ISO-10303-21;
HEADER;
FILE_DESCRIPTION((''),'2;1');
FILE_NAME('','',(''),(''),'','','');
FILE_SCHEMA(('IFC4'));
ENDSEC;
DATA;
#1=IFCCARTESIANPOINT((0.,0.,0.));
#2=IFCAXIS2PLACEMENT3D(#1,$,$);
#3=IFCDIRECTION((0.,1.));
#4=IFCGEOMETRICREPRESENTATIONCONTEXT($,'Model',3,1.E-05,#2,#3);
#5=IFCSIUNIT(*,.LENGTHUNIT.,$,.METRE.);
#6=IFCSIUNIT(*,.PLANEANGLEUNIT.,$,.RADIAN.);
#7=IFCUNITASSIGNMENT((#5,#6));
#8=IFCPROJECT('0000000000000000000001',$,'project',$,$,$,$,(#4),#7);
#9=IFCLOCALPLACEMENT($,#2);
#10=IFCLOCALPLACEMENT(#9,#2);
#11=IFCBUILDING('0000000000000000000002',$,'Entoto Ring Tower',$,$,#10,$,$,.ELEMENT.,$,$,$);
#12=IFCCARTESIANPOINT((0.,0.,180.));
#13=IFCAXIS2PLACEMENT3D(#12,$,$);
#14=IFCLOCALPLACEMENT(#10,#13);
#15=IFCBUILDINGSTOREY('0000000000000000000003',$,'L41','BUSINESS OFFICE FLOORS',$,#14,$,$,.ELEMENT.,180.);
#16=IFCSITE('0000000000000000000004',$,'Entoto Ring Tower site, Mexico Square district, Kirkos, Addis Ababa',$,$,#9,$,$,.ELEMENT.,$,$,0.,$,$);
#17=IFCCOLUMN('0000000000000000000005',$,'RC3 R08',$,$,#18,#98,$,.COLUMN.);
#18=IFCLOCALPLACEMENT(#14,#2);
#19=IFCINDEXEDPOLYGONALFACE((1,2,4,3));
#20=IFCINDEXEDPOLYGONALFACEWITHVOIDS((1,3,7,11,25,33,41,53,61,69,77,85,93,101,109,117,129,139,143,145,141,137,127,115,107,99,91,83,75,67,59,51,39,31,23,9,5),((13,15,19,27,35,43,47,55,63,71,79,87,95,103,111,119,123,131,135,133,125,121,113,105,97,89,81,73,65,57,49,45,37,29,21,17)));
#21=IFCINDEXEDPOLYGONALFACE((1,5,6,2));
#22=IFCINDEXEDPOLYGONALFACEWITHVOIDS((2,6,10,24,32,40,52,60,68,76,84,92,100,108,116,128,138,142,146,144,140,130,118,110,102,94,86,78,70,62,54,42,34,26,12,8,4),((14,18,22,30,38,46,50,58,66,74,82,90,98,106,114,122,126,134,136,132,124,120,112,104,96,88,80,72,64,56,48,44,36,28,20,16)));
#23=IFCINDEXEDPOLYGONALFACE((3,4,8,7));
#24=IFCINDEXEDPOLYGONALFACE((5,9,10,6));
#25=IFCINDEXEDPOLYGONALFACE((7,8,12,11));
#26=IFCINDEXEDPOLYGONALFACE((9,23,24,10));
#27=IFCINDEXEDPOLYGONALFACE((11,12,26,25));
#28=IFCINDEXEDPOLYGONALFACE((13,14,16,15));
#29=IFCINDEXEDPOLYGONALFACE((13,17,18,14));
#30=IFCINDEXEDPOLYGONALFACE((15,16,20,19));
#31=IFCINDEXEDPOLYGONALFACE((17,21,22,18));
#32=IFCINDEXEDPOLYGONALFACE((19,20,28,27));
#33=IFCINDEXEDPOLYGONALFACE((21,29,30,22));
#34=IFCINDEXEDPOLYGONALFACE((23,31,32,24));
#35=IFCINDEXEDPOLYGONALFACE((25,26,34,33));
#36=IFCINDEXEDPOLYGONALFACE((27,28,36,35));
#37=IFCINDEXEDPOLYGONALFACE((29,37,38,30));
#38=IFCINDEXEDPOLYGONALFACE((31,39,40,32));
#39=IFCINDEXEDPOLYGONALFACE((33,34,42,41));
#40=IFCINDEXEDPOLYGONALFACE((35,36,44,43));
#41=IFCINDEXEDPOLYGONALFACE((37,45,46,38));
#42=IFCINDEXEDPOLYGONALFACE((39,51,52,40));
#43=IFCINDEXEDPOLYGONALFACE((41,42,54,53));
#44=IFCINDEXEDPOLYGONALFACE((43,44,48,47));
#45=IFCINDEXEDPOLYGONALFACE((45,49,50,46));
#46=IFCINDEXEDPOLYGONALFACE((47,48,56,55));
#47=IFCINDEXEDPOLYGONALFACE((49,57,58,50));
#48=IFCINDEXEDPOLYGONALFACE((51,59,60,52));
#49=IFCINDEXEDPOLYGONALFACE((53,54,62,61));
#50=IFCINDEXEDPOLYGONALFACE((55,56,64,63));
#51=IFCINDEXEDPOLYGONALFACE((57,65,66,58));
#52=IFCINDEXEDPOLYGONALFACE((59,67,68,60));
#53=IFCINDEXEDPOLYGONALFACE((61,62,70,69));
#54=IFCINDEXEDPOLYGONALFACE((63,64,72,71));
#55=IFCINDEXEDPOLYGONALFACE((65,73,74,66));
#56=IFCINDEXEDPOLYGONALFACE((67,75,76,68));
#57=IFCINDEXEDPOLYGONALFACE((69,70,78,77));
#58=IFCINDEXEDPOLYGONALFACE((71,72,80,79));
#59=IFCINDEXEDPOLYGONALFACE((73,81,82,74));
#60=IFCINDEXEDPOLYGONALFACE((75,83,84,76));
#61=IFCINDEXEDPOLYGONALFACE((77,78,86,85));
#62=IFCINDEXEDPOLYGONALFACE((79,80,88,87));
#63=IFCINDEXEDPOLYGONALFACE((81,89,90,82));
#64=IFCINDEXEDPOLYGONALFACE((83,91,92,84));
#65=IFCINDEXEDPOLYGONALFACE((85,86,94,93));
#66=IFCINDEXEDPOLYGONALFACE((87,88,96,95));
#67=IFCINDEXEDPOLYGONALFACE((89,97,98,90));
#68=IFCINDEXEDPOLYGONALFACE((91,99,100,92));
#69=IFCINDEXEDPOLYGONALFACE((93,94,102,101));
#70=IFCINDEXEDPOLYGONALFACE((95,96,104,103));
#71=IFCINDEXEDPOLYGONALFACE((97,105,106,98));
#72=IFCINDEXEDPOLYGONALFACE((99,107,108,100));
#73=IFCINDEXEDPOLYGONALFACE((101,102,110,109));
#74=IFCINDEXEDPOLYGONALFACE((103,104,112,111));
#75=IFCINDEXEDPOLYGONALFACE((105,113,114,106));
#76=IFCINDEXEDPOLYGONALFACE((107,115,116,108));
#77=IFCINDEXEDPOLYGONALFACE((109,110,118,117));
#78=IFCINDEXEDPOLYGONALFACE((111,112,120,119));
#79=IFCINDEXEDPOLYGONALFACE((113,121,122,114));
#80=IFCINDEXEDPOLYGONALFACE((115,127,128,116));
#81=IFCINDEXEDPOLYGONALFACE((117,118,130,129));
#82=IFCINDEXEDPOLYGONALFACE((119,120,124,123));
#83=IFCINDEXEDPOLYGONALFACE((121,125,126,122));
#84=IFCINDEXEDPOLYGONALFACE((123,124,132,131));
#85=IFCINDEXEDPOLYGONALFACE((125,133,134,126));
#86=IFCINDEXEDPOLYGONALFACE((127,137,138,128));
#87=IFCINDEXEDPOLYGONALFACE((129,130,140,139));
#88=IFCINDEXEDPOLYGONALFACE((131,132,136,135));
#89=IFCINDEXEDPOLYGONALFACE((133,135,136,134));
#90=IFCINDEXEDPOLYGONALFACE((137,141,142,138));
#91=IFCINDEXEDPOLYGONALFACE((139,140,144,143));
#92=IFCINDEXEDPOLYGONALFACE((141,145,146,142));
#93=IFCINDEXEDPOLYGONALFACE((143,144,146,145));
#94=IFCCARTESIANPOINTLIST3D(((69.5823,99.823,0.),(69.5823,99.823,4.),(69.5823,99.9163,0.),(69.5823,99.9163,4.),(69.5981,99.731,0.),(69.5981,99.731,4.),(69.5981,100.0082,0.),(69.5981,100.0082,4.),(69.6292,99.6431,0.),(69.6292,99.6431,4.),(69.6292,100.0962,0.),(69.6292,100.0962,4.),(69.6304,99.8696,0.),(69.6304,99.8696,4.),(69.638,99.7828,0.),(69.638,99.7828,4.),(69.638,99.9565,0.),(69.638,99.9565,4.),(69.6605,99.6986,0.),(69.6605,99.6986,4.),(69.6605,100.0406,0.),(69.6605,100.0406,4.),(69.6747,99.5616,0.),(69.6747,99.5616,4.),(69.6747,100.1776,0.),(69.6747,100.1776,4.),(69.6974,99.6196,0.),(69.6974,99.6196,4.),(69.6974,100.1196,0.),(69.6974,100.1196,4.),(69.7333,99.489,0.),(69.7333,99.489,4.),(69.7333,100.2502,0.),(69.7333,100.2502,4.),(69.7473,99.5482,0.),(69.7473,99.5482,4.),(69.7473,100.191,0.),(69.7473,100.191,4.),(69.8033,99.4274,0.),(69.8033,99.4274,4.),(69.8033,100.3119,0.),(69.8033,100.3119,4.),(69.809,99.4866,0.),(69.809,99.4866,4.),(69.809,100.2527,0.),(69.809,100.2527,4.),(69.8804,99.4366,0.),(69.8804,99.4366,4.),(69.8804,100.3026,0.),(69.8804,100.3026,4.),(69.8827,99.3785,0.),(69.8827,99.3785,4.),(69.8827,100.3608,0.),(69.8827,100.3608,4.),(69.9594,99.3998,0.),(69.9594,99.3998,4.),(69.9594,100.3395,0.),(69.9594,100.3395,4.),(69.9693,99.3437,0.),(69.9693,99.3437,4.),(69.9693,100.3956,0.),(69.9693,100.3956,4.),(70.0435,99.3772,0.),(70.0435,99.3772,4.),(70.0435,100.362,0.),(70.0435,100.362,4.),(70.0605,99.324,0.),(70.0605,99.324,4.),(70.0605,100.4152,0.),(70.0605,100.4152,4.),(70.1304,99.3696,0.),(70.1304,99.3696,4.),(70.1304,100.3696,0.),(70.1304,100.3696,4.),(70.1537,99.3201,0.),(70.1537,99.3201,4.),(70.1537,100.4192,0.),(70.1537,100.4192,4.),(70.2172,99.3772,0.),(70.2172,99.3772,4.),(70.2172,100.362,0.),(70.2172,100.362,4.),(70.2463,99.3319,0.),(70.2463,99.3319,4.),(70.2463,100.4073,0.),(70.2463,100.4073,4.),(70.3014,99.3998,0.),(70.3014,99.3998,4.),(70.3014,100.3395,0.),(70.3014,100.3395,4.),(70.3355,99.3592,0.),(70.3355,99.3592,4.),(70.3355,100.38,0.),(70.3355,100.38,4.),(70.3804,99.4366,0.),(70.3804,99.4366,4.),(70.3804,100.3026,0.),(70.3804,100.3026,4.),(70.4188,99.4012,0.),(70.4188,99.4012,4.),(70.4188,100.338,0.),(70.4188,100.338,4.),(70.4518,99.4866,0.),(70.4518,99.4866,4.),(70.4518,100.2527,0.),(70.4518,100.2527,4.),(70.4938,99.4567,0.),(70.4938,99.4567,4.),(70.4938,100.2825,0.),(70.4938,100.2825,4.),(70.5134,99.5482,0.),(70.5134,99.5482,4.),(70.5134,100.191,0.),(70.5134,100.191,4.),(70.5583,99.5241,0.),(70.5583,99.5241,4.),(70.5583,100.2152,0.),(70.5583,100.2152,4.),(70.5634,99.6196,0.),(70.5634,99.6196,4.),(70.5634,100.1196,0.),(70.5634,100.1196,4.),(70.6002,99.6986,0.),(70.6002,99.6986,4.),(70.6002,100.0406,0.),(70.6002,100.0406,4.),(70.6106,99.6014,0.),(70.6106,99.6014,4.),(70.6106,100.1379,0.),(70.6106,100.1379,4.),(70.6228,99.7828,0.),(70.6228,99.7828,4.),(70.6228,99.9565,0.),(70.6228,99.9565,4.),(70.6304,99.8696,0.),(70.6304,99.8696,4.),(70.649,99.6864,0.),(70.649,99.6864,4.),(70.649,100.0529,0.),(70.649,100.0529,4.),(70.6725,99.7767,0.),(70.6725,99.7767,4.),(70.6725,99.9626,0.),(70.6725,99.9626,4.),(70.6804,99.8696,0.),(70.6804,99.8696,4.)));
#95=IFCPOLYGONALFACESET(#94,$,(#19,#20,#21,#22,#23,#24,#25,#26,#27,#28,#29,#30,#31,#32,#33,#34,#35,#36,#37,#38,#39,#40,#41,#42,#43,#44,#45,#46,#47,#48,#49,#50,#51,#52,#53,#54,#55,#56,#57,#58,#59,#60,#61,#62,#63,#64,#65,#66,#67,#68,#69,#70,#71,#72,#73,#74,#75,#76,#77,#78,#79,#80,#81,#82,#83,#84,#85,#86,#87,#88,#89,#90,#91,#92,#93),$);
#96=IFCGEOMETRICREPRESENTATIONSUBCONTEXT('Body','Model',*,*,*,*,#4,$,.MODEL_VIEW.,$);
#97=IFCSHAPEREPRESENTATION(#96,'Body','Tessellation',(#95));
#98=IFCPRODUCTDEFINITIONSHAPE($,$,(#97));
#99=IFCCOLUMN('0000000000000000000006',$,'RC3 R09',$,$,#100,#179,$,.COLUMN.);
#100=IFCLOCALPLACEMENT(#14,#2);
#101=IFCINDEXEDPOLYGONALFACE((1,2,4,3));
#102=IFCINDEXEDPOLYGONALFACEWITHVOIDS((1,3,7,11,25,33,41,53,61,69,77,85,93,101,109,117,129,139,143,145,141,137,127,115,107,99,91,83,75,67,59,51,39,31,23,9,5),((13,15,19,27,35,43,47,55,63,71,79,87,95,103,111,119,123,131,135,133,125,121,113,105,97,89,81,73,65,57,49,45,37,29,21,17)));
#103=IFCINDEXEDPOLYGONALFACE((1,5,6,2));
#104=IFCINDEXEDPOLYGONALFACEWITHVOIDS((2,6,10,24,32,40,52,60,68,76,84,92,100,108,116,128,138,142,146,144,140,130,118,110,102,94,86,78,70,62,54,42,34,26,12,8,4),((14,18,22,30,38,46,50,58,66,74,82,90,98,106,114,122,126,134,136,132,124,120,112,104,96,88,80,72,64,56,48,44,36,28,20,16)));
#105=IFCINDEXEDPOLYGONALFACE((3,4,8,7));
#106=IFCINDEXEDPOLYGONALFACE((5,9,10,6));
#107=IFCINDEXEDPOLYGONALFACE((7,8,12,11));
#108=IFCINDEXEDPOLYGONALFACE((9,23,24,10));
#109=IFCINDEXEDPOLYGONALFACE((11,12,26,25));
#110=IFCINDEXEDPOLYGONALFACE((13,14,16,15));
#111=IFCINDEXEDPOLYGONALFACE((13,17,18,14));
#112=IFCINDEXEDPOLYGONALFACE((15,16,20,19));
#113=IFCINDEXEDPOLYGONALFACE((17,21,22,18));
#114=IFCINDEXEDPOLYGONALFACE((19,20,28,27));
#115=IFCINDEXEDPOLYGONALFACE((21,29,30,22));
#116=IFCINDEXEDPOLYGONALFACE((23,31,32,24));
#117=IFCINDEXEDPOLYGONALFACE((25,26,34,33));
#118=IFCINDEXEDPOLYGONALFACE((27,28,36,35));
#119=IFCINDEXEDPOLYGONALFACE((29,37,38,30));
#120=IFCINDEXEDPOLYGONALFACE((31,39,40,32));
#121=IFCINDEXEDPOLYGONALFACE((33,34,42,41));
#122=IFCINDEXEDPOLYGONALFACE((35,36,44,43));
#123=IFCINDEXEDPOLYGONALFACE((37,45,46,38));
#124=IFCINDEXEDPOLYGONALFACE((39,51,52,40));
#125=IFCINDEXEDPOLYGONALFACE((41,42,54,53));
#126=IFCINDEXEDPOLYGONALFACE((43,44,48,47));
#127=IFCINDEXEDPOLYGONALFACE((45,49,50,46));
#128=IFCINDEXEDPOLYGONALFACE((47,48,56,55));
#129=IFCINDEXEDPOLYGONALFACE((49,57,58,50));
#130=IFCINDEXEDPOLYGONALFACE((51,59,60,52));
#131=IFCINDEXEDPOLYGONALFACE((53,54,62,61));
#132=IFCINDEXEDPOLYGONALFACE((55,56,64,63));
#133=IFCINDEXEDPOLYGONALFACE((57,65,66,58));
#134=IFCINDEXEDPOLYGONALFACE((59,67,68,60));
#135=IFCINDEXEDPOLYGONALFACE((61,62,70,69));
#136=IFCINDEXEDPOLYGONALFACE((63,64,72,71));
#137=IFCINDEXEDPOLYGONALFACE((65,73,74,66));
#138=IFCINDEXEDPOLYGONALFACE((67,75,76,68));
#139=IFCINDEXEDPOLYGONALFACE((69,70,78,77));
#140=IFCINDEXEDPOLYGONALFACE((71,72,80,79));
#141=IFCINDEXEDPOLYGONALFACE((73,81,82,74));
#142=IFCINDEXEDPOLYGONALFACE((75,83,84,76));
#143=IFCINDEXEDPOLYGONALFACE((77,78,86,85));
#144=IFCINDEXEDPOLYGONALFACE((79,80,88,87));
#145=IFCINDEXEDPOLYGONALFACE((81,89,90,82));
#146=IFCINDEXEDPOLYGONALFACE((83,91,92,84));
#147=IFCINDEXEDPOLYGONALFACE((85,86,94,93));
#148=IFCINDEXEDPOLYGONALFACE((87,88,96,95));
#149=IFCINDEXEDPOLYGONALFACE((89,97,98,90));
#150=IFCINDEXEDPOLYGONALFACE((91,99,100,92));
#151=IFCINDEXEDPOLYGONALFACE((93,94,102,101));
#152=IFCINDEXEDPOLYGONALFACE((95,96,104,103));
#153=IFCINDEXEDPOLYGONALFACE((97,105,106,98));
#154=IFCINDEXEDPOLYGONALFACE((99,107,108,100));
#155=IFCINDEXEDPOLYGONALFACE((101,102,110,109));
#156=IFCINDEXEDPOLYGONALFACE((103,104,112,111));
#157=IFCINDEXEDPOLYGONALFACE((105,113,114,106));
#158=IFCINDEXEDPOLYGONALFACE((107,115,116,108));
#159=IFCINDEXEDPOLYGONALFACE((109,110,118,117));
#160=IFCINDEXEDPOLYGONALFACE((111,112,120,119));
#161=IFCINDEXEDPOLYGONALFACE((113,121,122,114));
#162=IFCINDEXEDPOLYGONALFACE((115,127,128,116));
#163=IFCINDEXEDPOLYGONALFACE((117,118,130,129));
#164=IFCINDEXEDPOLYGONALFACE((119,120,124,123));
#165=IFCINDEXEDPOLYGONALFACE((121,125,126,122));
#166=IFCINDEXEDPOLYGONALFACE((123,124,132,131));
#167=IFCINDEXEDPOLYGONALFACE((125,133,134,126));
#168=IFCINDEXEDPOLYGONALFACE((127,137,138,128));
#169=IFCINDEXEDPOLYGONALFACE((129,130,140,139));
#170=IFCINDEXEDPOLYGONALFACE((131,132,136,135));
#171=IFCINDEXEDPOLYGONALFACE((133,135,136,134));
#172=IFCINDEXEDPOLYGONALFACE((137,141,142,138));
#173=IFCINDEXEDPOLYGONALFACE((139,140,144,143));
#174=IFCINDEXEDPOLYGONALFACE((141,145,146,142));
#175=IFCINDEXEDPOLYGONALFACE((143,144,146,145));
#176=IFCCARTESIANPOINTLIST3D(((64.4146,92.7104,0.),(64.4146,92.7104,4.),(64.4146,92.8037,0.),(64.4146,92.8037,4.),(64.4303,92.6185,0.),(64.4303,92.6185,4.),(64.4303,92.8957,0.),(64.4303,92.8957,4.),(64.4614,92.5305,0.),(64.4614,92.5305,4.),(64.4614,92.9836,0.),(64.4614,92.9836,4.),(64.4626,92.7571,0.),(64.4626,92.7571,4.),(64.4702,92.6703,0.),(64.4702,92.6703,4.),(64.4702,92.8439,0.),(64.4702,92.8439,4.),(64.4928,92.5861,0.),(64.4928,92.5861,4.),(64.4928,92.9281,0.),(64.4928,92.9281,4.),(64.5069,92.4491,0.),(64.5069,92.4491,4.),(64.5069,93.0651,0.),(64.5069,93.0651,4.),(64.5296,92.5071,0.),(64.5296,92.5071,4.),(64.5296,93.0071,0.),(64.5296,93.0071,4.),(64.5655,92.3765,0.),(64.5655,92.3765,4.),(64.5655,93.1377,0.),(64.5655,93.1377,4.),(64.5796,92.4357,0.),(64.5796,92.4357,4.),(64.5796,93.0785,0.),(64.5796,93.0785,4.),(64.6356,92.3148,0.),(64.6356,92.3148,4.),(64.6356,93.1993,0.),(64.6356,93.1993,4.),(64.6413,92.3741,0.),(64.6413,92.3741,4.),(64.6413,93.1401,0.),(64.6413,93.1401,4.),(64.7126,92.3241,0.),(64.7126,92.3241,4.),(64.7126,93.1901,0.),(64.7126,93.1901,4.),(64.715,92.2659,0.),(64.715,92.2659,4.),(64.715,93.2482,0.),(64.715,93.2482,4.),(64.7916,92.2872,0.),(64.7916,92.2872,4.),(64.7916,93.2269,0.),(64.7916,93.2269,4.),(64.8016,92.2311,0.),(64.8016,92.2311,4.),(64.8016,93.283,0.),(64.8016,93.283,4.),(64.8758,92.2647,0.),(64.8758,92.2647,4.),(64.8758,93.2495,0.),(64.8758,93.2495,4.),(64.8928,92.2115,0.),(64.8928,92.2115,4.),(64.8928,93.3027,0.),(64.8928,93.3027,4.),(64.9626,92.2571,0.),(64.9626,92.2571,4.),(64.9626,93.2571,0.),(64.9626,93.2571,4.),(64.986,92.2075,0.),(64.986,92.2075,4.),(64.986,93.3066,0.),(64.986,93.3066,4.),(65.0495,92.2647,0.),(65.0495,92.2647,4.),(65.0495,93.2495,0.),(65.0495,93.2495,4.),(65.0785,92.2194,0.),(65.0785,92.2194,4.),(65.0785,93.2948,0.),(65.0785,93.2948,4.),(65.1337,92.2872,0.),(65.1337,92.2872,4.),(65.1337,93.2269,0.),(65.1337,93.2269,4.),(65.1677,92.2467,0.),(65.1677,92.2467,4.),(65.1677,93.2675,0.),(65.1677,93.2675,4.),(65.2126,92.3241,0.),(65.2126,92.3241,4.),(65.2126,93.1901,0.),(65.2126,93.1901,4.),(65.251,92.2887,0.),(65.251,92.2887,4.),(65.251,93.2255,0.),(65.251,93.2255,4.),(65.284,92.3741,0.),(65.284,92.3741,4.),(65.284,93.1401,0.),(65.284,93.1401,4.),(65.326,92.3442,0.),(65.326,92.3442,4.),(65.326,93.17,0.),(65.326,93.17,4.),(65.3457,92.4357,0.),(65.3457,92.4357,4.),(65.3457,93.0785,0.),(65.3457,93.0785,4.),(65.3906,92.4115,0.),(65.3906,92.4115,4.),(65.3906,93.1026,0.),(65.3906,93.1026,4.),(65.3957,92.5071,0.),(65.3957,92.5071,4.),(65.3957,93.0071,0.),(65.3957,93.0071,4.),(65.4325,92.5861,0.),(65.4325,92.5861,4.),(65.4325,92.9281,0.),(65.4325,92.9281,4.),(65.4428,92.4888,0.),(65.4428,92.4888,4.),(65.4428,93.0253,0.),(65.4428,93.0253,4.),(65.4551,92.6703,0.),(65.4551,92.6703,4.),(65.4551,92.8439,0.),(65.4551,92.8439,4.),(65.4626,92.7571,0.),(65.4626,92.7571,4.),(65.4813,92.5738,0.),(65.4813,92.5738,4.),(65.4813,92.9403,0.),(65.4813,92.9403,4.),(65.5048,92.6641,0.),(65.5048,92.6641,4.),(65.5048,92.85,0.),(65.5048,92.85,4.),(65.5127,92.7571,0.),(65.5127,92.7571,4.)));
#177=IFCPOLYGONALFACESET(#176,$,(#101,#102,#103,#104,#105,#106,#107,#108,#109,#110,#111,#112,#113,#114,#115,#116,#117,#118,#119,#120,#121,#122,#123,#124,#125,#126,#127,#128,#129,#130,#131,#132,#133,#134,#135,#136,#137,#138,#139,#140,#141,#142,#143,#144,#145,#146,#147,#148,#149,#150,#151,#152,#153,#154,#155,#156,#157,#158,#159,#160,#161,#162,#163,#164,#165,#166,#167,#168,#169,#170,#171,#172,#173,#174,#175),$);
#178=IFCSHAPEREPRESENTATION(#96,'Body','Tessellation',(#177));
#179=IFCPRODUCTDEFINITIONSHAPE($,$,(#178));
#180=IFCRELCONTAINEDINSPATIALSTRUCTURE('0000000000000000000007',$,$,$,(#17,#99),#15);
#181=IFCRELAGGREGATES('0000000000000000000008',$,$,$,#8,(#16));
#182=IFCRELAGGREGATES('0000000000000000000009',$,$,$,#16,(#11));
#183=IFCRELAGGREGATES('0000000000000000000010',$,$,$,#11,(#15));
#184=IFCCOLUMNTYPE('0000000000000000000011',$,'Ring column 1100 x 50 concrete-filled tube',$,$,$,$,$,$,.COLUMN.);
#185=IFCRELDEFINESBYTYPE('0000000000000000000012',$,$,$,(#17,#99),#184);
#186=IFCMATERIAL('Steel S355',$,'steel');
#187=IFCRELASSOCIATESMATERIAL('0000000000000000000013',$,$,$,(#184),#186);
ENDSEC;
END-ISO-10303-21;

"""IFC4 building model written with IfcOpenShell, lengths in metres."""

from ifc_helpers import new_model, si_unit, direction, frame, origin, origin_2d, place, context, subcontext, project, spatial, circle, hollow_circle, extrude, material, material_profile, profile_set, type_object, element, save


model = new_model("IFC4")

# Units and contexts
model_context = context("Model", 3, precision=1e-05, world=origin(), true_north=direction((0.0, 1.0)))
body_context = subcontext(model_context, "Body", "Model", "MODEL_VIEW")
ifc_project = project(units=[si_unit("LENGTHUNIT", "METRE"), si_unit("PLANEANGLEUNIT", "RADIAN")], contexts=[model_context])

# Site, building, storey
site_placement = place(None, origin())
site = spatial("IfcSite", under=ifc_project, at=site_placement, Name="Entoto Ring Tower site, Mexico Square district, Kirkos, Addis Ababa", CompositionType="ELEMENT", RefElevation=0.0)
building_placement = place(site_placement, origin())
building = spatial("IfcBuilding", under=site, at=building_placement, Name="Entoto Ring Tower", CompositionType="ELEMENT")
storey_placement = place(building_placement, frame((0.0, 0.0, 180.0)))
storey = spatial("IfcBuildingStorey", under=building, at=storey_placement, Name="L41", Description="BUSINESS OFFICE FLOORS", CompositionType="ELEMENT", Elevation=180.0)

# Columns
ifc_material_1 = material(Name="Steel S355", Category="steel")
ifc_material_profile_1 = material_profile(ifc_material_1, hollow_circle(Radius=0.55, WallThickness=0.05, at=origin_2d()), Name="CHS 1100 x 50")
ifc_material_2 = material(Name="Concrete C60/75", Category="concrete")
ifc_material_profile_2 = material_profile(ifc_material_2, circle(Radius=0.5, at=origin_2d()), Name="Concrete C60/75 infill")
ifc_profile_set_1 = profile_set([ifc_material_profile_1, ifc_material_profile_2], Name="Steel S355")
column_type = type_object("IfcColumnType", Name="Ring column 1100 x 50 concrete-filled tube", PredefinedType="COLUMN", material=ifc_profile_set_1)
for number, where, z_axis, x_axis, name in (
    (1, (70.1304, 99.8696, 0.0), (0.0, 0.0, 1.0), (1.0, 0.0, 0.0), "RC3 R08"),
    (2, (64.9626, 92.7571, 0.0), (0.0, 0.0, 1.0), (1.0, 0.0, 0.0), "RC3 R09"),
):
    element("IfcColumn", number, at=place(storey_placement, frame(where, z_axis=z_axis, x_axis=x_axis)), inside=storey, type_object=column_type, Name=name, PredefinedType="COLUMN", context=body_context, shape_type="SweptSolid", body=[
        extrude(hollow_circle(Radius=0.55, WallThickness=0.05, at=origin_2d()), origin(), (0.0, 0.0, 1.0), 4.0),
    ])

save(model, "model.ifc")
